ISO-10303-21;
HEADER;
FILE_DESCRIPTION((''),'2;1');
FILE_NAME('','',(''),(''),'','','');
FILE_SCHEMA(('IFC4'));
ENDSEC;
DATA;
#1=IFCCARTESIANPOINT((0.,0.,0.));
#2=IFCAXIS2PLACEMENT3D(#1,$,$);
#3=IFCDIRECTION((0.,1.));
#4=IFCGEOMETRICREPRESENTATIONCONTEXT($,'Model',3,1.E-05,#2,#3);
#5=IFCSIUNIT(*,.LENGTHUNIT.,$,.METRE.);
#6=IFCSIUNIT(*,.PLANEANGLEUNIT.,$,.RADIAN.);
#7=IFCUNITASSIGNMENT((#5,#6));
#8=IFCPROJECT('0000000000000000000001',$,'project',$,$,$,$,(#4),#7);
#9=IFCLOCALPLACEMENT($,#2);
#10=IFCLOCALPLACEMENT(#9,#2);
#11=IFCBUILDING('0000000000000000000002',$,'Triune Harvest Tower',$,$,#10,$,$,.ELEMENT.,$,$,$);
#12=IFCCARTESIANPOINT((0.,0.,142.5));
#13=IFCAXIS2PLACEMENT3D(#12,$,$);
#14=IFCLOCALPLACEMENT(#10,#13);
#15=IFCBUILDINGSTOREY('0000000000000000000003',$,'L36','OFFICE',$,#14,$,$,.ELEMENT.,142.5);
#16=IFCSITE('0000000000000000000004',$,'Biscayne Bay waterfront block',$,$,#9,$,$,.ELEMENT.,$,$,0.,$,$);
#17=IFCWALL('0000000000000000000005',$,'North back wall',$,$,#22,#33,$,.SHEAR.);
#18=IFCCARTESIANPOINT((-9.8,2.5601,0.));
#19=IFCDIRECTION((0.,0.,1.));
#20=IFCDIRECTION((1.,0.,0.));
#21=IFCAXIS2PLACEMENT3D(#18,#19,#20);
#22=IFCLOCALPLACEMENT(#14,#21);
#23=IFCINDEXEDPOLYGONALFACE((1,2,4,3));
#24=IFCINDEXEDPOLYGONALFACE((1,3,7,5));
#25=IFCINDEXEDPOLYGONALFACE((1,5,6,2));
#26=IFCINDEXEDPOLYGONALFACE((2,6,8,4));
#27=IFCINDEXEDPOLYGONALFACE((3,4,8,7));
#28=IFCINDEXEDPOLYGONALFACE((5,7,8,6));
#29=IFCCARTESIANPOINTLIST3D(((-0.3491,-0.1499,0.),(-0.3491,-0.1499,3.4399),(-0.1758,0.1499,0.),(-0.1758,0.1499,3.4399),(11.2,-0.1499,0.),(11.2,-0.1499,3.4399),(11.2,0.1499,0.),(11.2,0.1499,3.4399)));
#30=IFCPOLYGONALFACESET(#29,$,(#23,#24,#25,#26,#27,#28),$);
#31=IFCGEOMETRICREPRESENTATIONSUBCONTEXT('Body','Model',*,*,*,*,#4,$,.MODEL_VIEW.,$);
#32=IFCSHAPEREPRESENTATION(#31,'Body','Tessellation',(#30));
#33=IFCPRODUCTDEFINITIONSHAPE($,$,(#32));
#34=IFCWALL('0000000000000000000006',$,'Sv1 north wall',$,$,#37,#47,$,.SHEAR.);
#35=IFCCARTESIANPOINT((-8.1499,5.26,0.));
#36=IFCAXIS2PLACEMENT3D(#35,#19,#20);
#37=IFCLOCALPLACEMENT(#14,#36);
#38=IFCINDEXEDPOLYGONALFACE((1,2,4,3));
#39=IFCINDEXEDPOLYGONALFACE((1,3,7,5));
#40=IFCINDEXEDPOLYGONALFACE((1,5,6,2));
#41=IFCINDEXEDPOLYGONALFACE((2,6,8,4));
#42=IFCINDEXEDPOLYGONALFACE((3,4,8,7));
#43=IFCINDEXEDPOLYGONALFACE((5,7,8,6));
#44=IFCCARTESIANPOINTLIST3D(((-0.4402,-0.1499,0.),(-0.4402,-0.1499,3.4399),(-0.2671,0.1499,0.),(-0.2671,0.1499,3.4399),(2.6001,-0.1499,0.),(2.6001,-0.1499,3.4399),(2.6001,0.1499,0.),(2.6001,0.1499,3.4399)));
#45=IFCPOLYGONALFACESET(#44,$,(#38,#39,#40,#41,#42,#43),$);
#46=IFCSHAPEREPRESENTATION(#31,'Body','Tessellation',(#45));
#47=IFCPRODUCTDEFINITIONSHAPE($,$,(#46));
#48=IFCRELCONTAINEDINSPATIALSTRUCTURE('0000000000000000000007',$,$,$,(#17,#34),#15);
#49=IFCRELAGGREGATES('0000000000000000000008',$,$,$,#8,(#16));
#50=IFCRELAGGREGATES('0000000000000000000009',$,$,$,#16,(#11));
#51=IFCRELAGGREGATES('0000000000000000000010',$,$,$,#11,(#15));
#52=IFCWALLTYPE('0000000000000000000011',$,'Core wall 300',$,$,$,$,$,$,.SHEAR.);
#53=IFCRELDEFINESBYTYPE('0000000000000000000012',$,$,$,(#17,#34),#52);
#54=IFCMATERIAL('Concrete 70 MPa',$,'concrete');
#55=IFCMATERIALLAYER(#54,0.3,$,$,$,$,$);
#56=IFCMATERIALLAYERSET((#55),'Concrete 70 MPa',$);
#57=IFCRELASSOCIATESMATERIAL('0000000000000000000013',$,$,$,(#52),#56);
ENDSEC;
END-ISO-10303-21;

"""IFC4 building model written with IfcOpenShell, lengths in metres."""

from ifc_helpers import new_model, si_unit, direction, frame, origin, place, context, subcontext, project, spatial, polyline, outline, extrude, source, transform, mapped, material, layer, layer_set, type_object, element, save


model = new_model("IFC4")

# Units and contexts
model_context = context("Model", 3, precision=1e-05, world=origin(), true_north=direction((0.0, 1.0)))
body_context = subcontext(model_context, "Body", "Model", "MODEL_VIEW")
ifc_project = project(units=[si_unit("LENGTHUNIT", "METRE"), si_unit("PLANEANGLEUNIT", "RADIAN")], contexts=[model_context])

# Site, building, storey
site_placement = place(None, origin())
site = spatial("IfcSite", under=ifc_project, at=site_placement, Name="Biscayne Bay waterfront block", CompositionType="ELEMENT", RefElevation=0.0)
building_placement = place(site_placement, origin())
building = spatial("IfcBuilding", under=site, at=building_placement, Name="Triune Harvest Tower", CompositionType="ELEMENT")
storey_placement = place(building_placement, frame((0.0, 0.0, 142.5)))
storey = spatial("IfcBuildingStorey", under=building, at=storey_placement, Name="L36", Description="OFFICE", CompositionType="ELEMENT", Elevation=142.5)

# Wall
ifc_material_1 = material(Name="Concrete 70 MPa", Category="concrete")
ifc_layer_1 = layer(ifc_material_1, 0.3)
ifc_layer_set_1 = layer_set([ifc_layer_1], Name="Concrete 70 MPa")
wall_type_1 = type_object("IfcWallType", Name="Core wall 300", PredefinedType="SHEAR", material=ifc_layer_set_1)
shared_shape_1 = source(origin(), body_context, "Body", "SweptSolid", [
    extrude(outline(polyline([(11.2, -0.1499), (-0.3491, -0.1499), (-0.1758, 0.1499), (11.2, 0.1499), (11.2, -0.1499)])), origin(), (0.0, 0.0, 1.0), 3.4399),
])
wall_1_placement = place(storey_placement, frame((-9.8, 2.5601, 0.0), z_axis=(0.0, 0.0, 1.0), x_axis=(1.0, 0.0, 0.0)))
element("IfcWall", 1, at=wall_1_placement, inside=storey, type_object=wall_type_1, Name="North back wall", PredefinedType="SHEAR", context=body_context, shape_type="MappedRepresentation", body=[
    mapped(shared_shape_1, transform((0.0, 0.0, 0.0), scale=1.0)),
])

# Wall
shared_shape_2 = source(origin(), body_context, "Body", "SweptSolid", [
    extrude(outline(polyline([(2.6001, -0.1499), (-0.4402, -0.1499), (-0.2671, 0.1499), (2.6001, 0.1499), (2.6001, -0.1499)])), origin(), (0.0, 0.0, 1.0), 3.4399),
])
wall_2_placement = place(storey_placement, frame((-8.1499, 5.26, 0.0), z_axis=(0.0, 0.0, 1.0), x_axis=(1.0, 0.0, 0.0)))
element("IfcWall", 2, at=wall_2_placement, inside=storey, type_object=wall_type_1, Name="Sv1 north wall", PredefinedType="SHEAR", context=body_context, shape_type="MappedRepresentation", body=[
    mapped(shared_shape_2, transform((0.0, 0.0, 0.0), scale=1.0)),
])

save(model, "model.ifc")
